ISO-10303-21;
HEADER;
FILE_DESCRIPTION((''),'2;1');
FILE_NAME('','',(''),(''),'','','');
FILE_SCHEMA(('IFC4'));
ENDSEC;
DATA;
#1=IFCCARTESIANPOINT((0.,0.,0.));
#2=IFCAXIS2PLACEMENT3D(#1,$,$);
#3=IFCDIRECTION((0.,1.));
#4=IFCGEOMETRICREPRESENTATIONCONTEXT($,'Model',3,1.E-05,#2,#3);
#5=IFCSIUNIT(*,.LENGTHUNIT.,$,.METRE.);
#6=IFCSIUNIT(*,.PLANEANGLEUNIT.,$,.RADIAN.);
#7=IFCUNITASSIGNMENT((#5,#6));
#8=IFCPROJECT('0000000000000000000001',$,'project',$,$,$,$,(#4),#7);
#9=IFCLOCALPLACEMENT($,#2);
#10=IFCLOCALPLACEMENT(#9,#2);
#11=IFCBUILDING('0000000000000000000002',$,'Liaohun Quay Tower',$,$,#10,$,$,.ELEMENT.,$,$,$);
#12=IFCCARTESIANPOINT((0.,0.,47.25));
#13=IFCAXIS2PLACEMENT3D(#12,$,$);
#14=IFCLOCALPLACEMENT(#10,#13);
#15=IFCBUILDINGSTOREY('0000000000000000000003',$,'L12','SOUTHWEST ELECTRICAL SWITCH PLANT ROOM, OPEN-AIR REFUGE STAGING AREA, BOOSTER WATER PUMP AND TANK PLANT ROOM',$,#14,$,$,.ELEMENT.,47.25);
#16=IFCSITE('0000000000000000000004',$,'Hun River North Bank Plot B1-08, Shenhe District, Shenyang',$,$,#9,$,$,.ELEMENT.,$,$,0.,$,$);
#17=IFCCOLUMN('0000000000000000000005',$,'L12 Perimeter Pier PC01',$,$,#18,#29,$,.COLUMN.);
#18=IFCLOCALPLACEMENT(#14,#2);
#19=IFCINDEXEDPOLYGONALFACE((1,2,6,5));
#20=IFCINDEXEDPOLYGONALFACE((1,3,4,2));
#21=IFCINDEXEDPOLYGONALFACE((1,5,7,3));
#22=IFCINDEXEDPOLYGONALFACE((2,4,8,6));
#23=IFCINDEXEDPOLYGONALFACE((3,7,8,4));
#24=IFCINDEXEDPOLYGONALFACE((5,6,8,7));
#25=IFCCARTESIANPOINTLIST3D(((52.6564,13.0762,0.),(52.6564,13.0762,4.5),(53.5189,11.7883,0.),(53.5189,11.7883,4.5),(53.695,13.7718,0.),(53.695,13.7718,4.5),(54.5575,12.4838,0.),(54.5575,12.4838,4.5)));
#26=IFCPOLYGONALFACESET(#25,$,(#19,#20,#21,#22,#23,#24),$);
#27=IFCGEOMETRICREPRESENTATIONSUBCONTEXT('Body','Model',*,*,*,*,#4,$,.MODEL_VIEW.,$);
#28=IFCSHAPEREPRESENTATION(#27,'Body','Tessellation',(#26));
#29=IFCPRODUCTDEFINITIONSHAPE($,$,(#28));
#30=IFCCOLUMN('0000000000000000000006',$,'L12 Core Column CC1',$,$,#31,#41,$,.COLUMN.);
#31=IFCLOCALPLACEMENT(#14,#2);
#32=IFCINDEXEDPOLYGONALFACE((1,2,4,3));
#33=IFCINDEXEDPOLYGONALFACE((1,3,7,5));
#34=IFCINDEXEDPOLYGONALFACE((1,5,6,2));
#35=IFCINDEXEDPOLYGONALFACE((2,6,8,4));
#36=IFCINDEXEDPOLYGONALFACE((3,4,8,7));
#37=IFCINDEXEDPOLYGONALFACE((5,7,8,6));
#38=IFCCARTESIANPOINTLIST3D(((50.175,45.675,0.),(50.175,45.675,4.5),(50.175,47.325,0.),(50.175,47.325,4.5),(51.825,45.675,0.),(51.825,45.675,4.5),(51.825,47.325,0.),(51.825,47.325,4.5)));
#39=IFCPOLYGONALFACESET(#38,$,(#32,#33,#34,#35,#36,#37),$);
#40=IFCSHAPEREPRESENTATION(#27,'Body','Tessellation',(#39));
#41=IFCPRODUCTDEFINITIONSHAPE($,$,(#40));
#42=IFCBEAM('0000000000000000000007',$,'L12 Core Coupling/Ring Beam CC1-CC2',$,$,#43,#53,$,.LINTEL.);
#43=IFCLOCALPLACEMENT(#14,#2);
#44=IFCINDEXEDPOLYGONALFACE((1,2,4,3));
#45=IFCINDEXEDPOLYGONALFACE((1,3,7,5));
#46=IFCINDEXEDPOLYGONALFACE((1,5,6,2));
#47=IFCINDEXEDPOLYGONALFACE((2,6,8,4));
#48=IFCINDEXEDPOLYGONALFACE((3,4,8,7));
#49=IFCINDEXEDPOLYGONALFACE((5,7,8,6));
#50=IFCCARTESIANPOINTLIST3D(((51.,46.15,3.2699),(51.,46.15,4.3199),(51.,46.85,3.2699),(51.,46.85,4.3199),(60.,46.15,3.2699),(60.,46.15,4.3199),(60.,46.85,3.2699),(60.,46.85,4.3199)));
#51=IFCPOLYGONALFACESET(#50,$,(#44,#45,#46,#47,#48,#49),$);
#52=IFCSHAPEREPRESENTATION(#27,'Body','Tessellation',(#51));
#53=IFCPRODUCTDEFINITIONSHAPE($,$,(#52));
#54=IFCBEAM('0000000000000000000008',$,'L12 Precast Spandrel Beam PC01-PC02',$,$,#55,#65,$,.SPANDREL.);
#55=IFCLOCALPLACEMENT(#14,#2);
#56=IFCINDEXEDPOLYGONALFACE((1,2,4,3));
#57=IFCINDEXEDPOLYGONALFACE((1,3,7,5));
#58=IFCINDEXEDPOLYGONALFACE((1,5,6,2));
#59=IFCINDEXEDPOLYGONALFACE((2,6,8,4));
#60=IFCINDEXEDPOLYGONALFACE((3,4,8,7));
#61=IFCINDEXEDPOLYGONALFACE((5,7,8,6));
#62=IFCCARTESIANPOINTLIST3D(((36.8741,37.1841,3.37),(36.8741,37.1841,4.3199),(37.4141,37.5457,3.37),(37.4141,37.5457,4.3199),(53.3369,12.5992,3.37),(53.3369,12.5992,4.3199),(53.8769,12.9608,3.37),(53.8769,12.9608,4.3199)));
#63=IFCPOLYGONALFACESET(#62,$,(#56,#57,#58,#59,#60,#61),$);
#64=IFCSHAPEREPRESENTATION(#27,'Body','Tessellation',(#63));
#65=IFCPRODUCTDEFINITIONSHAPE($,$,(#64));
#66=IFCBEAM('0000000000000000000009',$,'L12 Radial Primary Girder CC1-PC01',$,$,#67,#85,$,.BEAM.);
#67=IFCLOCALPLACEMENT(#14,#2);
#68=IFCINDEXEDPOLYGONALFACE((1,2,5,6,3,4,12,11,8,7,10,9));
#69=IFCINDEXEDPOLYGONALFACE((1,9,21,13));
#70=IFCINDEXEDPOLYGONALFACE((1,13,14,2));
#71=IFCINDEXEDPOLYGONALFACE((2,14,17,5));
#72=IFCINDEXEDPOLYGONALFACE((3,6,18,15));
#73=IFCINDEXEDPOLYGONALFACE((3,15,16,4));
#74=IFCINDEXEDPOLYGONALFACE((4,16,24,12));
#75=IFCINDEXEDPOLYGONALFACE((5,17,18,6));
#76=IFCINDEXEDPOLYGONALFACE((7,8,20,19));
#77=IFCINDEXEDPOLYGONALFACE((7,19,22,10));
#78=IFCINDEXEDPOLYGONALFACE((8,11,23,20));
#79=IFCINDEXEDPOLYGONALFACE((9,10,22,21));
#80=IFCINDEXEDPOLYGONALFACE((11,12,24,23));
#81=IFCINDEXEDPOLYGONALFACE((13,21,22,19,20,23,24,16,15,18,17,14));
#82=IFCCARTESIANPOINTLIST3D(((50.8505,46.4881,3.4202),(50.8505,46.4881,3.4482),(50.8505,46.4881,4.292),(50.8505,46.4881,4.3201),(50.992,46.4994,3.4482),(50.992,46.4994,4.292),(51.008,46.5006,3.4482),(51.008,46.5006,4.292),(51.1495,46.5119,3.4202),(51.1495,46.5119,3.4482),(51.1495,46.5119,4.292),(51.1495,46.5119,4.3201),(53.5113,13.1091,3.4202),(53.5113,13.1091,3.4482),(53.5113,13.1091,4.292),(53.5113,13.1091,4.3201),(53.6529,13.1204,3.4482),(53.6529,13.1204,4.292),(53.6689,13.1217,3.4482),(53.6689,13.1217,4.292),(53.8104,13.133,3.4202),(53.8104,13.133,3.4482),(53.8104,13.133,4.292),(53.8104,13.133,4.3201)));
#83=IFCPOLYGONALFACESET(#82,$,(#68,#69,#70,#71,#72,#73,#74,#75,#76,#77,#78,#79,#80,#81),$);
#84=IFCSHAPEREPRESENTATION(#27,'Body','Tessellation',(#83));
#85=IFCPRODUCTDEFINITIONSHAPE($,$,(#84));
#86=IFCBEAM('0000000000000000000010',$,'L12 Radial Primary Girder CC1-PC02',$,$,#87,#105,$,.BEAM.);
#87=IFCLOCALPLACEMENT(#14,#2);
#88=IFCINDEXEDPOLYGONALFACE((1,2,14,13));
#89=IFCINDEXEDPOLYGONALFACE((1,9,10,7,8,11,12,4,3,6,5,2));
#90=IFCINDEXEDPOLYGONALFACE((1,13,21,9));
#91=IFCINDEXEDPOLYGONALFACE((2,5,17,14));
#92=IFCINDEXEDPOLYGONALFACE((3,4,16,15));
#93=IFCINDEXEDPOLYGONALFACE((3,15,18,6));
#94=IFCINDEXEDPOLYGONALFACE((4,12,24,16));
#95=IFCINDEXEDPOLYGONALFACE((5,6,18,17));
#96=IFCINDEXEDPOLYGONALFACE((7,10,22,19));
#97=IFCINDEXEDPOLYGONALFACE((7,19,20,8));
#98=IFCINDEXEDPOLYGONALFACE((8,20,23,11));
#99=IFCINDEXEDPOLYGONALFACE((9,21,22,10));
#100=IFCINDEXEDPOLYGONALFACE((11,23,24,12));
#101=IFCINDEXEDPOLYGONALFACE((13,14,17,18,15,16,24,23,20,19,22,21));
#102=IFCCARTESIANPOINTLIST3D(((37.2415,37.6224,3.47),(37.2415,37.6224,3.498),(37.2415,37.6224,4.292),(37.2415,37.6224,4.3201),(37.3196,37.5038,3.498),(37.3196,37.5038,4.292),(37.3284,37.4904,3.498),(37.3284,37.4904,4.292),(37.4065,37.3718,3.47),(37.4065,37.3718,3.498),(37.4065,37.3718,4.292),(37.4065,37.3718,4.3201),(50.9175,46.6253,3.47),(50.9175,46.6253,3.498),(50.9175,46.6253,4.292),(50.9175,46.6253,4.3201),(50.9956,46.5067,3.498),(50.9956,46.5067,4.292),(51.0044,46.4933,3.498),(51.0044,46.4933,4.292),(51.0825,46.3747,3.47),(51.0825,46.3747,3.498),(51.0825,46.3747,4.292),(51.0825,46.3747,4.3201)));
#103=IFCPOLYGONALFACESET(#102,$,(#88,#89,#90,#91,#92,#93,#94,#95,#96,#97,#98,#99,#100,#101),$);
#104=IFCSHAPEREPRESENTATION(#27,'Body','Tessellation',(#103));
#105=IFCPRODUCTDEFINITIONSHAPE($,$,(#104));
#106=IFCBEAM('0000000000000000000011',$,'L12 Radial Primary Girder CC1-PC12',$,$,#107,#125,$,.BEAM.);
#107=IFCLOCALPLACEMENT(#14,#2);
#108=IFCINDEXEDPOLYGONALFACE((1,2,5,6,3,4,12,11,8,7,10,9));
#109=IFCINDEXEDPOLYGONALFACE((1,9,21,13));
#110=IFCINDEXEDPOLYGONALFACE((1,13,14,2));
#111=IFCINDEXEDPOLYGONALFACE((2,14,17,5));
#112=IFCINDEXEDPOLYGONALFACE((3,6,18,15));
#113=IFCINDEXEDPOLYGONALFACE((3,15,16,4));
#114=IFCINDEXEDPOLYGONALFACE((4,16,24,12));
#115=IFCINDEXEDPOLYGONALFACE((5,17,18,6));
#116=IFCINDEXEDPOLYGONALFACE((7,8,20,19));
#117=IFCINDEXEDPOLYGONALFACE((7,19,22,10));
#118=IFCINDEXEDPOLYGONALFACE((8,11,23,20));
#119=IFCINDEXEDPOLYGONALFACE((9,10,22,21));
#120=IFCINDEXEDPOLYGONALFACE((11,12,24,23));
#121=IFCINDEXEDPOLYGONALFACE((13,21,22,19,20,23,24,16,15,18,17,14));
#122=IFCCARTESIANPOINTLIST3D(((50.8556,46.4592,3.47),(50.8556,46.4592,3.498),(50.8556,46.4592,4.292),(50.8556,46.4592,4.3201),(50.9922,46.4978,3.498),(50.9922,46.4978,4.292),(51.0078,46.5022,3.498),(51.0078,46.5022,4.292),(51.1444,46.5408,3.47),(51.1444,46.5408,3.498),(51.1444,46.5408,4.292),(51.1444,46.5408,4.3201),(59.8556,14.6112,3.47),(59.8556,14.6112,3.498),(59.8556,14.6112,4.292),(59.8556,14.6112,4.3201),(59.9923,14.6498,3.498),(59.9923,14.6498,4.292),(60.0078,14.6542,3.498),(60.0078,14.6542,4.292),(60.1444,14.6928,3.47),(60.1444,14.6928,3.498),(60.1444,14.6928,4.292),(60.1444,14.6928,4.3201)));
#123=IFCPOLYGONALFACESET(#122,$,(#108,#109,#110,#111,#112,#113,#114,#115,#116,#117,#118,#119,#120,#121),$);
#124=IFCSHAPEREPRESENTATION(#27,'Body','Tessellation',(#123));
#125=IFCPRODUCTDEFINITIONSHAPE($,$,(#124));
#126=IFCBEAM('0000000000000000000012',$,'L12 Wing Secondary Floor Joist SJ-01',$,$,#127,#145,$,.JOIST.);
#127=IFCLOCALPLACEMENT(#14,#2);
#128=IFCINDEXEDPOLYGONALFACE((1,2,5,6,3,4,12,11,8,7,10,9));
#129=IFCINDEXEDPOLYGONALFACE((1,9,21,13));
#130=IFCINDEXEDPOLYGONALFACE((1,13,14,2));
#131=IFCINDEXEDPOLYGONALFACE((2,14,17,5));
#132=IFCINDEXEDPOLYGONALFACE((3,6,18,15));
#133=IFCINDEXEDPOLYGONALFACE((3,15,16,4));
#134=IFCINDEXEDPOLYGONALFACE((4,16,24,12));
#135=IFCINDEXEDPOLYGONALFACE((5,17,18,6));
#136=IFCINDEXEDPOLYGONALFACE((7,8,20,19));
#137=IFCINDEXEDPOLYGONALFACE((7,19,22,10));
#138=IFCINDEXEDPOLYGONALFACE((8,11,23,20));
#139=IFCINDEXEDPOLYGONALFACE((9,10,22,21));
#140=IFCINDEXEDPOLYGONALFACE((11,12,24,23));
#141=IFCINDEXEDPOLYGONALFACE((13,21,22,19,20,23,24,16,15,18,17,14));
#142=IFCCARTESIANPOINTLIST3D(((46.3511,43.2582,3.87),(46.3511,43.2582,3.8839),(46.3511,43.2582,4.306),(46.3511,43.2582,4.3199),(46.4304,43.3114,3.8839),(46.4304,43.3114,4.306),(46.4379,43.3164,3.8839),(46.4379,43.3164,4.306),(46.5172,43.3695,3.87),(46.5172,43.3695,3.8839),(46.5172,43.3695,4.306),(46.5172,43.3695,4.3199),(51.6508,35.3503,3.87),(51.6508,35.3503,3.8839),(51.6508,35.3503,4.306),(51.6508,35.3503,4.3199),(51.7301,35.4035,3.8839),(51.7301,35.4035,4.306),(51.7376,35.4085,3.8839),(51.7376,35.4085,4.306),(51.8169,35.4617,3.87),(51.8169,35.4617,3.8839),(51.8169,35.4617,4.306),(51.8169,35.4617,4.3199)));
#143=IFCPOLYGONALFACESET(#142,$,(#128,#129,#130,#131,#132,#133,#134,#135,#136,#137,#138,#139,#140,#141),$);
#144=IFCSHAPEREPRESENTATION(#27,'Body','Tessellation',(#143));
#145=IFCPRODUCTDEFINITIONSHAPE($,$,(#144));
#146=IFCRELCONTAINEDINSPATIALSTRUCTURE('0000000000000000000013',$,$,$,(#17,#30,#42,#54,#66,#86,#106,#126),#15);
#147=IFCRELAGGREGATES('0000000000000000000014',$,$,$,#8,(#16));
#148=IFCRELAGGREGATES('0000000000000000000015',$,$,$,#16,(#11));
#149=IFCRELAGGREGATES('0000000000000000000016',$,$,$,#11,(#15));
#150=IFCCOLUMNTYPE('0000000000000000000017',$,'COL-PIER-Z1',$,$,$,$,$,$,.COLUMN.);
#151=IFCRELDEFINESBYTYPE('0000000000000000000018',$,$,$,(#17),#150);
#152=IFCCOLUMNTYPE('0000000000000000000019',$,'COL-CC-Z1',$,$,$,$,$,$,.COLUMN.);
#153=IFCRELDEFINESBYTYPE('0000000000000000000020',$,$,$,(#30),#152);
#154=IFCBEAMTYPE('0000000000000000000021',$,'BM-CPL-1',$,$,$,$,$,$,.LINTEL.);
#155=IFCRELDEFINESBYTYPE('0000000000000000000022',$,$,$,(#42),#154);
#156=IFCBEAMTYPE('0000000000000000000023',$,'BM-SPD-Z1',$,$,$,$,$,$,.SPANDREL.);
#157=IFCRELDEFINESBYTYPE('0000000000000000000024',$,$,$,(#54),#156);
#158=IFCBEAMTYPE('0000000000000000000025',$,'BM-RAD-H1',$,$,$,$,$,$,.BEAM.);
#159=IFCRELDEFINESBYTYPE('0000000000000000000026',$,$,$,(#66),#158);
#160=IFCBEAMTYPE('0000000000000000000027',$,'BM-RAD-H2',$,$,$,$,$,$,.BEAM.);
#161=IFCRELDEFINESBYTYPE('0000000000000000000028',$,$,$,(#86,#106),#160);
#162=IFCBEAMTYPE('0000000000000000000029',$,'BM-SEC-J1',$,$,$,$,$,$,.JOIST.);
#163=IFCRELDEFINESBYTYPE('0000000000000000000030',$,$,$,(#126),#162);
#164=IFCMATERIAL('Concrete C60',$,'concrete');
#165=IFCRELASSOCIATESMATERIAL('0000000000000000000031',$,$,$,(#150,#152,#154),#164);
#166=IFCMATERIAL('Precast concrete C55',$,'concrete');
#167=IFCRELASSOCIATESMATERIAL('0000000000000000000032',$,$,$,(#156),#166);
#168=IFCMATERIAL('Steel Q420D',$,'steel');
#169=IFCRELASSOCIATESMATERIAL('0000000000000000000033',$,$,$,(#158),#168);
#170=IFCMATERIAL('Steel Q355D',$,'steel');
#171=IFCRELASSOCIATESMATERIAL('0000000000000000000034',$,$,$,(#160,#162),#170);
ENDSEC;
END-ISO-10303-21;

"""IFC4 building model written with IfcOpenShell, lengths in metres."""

from ifc_helpers import new_model, si_unit, direction, frame, origin, origin_2d, place, context, subcontext, project, spatial, rectangle, i_section, extrude, source, transform, mapped, material, material_profile, profile_set, type_object, element, save


model = new_model("IFC4")

# Units and contexts
model_context = context("Model", 3, precision=1e-05, world=origin(), true_north=direction((0.0, 1.0)))
body_context = subcontext(model_context, "Body", "Model", "MODEL_VIEW")
ifc_project = project(units=[si_unit("LENGTHUNIT", "METRE"), si_unit("PLANEANGLEUNIT", "RADIAN")], contexts=[model_context])

# Site, building, storey
site_placement = place(None, origin())
site = spatial("IfcSite", under=ifc_project, at=site_placement, Name="Hun River North Bank Plot B1-08, Shenhe District, Shenyang", CompositionType="ELEMENT", RefElevation=0.0)
building_placement = place(site_placement, origin())
building = spatial("IfcBuilding", under=site, at=building_placement, Name="Liaohun Quay Tower", CompositionType="ELEMENT")
storey_placement = place(building_placement, frame((0.0, 0.0, 47.25)))
storey = spatial("IfcBuildingStorey", under=building, at=storey_placement, Name="L12", Description="SOUTHWEST ELECTRICAL SWITCH PLANT ROOM, OPEN-AIR REFUGE STAGING AREA, BOOSTER WATER PUMP AND TANK PLANT ROOM", CompositionType="ELEMENT", Elevation=47.25)

# Columns
ifc_material_1 = material(Name="Concrete C60", Category="concrete")
ifc_material_profile_1 = material_profile(ifc_material_1, rectangle(XDim=1.55, YDim=1.25, at=origin_2d()), Name="RC1550x1250")
ifc_profile_set_1 = profile_set([ifc_material_profile_1], Name="Concrete C60")
column_type_1 = type_object("IfcColumnType", Name="COL-PIER-Z1", PredefinedType="COLUMN", material=ifc_profile_set_1)
shared_shape_1 = source(origin(), body_context, "Body", "SweptSolid", [
    extrude(rectangle(XDim=1.55, YDim=1.25, at=origin_2d()), origin(), (0.0, 0.0, 1.0), 4.5),
])
column_1_placement = place(storey_placement, frame((53.6069, 12.78, 0.0), z_axis=(0.0, 0.0, 1.0), x_axis=(-0.556441, 0.830887, 0.0)))
element("IfcColumn", 1, at=column_1_placement, inside=storey, type_object=column_type_1, Name="L12 Perimeter Pier PC01", PredefinedType="COLUMN", context=body_context, shape_type="MappedRepresentation", body=[
    mapped(shared_shape_1, transform((0.0, 0.0, 0.0), x_axis=(1.0, 0.0, 0.0), y_axis=(0.0, 1.0, 0.0), z_axis=(0.0, 0.0, 1.0), scale=1.0)),
])
ifc_material_profile_2 = material_profile(ifc_material_1, rectangle(XDim=1.6499, YDim=1.6499, at=origin_2d()), Name="RC1650x1650")
ifc_profile_set_2 = profile_set([ifc_material_profile_2], Name="Concrete C60")
column_type_2 = type_object("IfcColumnType", Name="COL-CC-Z1", PredefinedType="COLUMN", material=ifc_profile_set_2)
shared_shape_2 = source(origin(), body_context, "Body", "SweptSolid", [
    extrude(rectangle(XDim=1.6499, YDim=1.6499, at=origin_2d()), origin(), (0.0, 0.0, 1.0), 4.5),
])
column_2_placement = place(storey_placement, frame((51.0, 46.5, 0.0), z_axis=(0.0, 0.0, 1.0), x_axis=(1.0, 0.0, 0.0)))
element("IfcColumn", 2, at=column_2_placement, inside=storey, type_object=column_type_2, Name="L12 Core Column CC1", PredefinedType="COLUMN", context=body_context, shape_type="MappedRepresentation", body=[
    mapped(shared_shape_2, transform((0.0, 0.0, 0.0), x_axis=(1.0, 0.0, 0.0), y_axis=(0.0, 1.0, 0.0), z_axis=(0.0, 0.0, 1.0), scale=1.0)),
])

# Beams
ifc_material_profile_3 = material_profile(ifc_material_1, rectangle(XDim=0.7, YDim=1.05, at=origin_2d()), Name="RC700x1050")
ifc_profile_set_3 = profile_set([ifc_material_profile_3], Name="Concrete C60")
beam_type_1 = type_object("IfcBeamType", Name="BM-CPL-1", PredefinedType="LINTEL", material=ifc_profile_set_3)
shared_shape_3 = source(origin(), body_context, "Body", "SweptSolid", [
    extrude(rectangle(XDim=0.7, YDim=1.05, at=origin_2d()), origin(), (0.0, 0.0, 1.0), 9.0),
])
beam_1_placement = place(storey_placement, frame((51.0, 46.5, 3.7949), z_axis=(1.0, 0.0, 0.0), x_axis=(0.0, 1.0, 0.0)))
element("IfcBeam", 3, at=beam_1_placement, inside=storey, type_object=beam_type_1, Name="L12 Core Coupling/Ring Beam CC1-CC2", PredefinedType="LINTEL", context=body_context, shape_type="MappedRepresentation", body=[
    mapped(shared_shape_3, transform((0.0, 0.0, 0.0), x_axis=(1.0, 0.0, 0.0), y_axis=(0.0, 1.0, 0.0), z_axis=(0.0, 0.0, 1.0), scale=1.0)),
])
ifc_material_2 = material(Name="Precast concrete C55", Category="concrete")
ifc_material_profile_4 = material_profile(ifc_material_2, rectangle(XDim=0.6499, YDim=0.95, at=origin_2d()), Name="RC650x950")
ifc_profile_set_4 = profile_set([ifc_material_profile_4], Name="Precast concrete C55")
beam_type_2 = type_object("IfcBeamType", Name="BM-SPD-Z1", PredefinedType="SPANDREL", material=ifc_profile_set_4)
shared_shape_4 = source(origin(), body_context, "Body", "SweptSolid", [
    extrude(rectangle(XDim=0.6499, YDim=0.95, at=origin_2d()), origin(), (0.0, 0.0, 1.0), 29.5879),
])
beam_2_placement = place(storey_placement, frame((53.6069, 12.78, 3.845), z_axis=(-0.556405, 0.830911, 0.0), x_axis=(-0.830911, -0.556405, 0.0)))
element("IfcBeam", 4, at=beam_2_placement, inside=storey, type_object=beam_type_2, Name="L12 Precast Spandrel Beam PC01-PC02", PredefinedType="SPANDREL", context=body_context, shape_type="MappedRepresentation", body=[
    mapped(shared_shape_4, transform((0.0, 0.0, 0.0), x_axis=(1.0, 0.0, 0.0), y_axis=(0.0, 1.0, 0.0), z_axis=(0.0, 0.0, 1.0), scale=1.0)),
])
ifc_material_3 = material(Name="Steel Q420D", Category="steel")
ifc_material_profile_5 = material_profile(ifc_material_3, i_section(OverallWidth=0.3, OverallDepth=0.8999, WebThickness=0.0161, FlangeThickness=0.0281, at=origin_2d()), Name="HN900x300x16x28")
ifc_profile_set_5 = profile_set([ifc_material_profile_5], Name="Steel Q420D")
beam_type_3 = type_object("IfcBeamType", Name="BM-RAD-H1", PredefinedType="BEAM", material=ifc_profile_set_5)
shared_shape_5 = source(origin(), body_context, "Body", "SweptSolid", [
    extrude(i_section(OverallWidth=0.3, OverallDepth=0.8999, WebThickness=0.0161, FlangeThickness=0.0281, at=origin_2d()), origin(), (0.0, 0.0, 1.0), 33.4849),
])
beam_3_placement = place(storey_placement, frame((51.0, 46.5, 3.8701), z_axis=(0.079466, -0.996838, 0.0), x_axis=(0.996838, 0.079466, 0.0)))
element("IfcBeam", 5, at=beam_3_placement, inside=storey, type_object=beam_type_3, Name="L12 Radial Primary Girder CC1-PC01", PredefinedType="BEAM", context=body_context, shape_type="MappedRepresentation", body=[
    mapped(shared_shape_5, transform((0.0, 0.0, 0.0), x_axis=(1.0, 0.0, 0.0), y_axis=(0.0, 1.0, 0.0), z_axis=(0.0, 0.0, 1.0), scale=1.0)),
])
ifc_material_4 = material(Name="Steel Q355D", Category="steel")
ifc_material_profile_6 = material_profile(ifc_material_4, i_section(OverallWidth=0.3, OverallDepth=0.8501, WebThickness=0.0161, FlangeThickness=0.0281, at=origin_2d()), Name="HN850x300x16x28")
ifc_profile_set_6 = profile_set([ifc_material_profile_6], Name="Steel Q355D")
beam_type_4 = type_object("IfcBeamType", Name="BM-RAD-H2", PredefinedType="BEAM", material=ifc_profile_set_6)
shared_shape_6 = source(origin(), body_context, "Body", "SweptSolid", [
    extrude(i_section(OverallWidth=0.3, OverallDepth=0.8501, WebThickness=0.0161, FlangeThickness=0.0281, at=origin_2d()), origin(), (0.0, 0.0, 1.0), 16.3733),
])
beam_4_placement = place(storey_placement, frame((51.0, 46.5, 3.895), z_axis=(-0.835262, -0.549853, 0.0), x_axis=(0.549853, -0.835262, 0.0)))
element("IfcBeam", 6, at=beam_4_placement, inside=storey, type_object=beam_type_4, Name="L12 Radial Primary Girder CC1-PC02", PredefinedType="BEAM", context=body_context, shape_type="MappedRepresentation", body=[
    mapped(shared_shape_6, transform((0.0, 0.0, 0.0), x_axis=(1.0, 0.0, 0.0), y_axis=(0.0, 1.0, 0.0), z_axis=(0.0, 0.0, 1.0), scale=1.0)),
])
shared_shape_7 = source(origin(), body_context, "Body", "SweptSolid", [
    extrude(i_section(OverallWidth=0.3, OverallDepth=0.8501, WebThickness=0.0161, FlangeThickness=0.0281, at=origin_2d()), origin(), (0.0, 0.0, 1.0), 33.0952),
])
beam_5_placement = place(storey_placement, frame((51.0, 46.5, 3.895), z_axis=(0.271943, -0.962313, 0.0), x_axis=(0.962313, 0.271943, 0.0)))
element("IfcBeam", 7, at=beam_5_placement, inside=storey, type_object=beam_type_4, Name="L12 Radial Primary Girder CC1-PC12", PredefinedType="BEAM", context=body_context, shape_type="MappedRepresentation", body=[
    mapped(shared_shape_7, transform((0.0, 0.0, 0.0), x_axis=(1.0, 0.0, 0.0), y_axis=(0.0, 1.0, 0.0), z_axis=(0.0, 0.0, 1.0), scale=1.0)),
])
ifc_material_profile_7 = material_profile(ifc_material_4, i_section(OverallWidth=0.2, OverallDepth=0.45, WebThickness=0.009, FlangeThickness=0.0139, at=origin_2d()), Name="HN450x200x9x14")
ifc_profile_set_7 = profile_set([ifc_material_profile_7], Name="Steel Q355D")
beam_type_5 = type_object("IfcBeamType", Name="BM-SEC-J1", PredefinedType="JOIST", material=ifc_profile_set_7)
shared_shape_8 = source(origin(), body_context, "Body", "SweptSolid", [
    extrude(i_section(OverallWidth=0.2, OverallDepth=0.45, WebThickness=0.009, FlangeThickness=0.0139, at=origin_2d()), origin(), (0.0, 0.0, 1.0), 9.5195),
])
beam_6_placement = place(storey_placement, frame((51.7339, 35.406, 4.095), z_axis=(-0.556723, 0.830698, 0.0), x_axis=(-0.830698, -0.556723, 0.0)))
element("IfcBeam", 8, at=beam_6_placement, inside=storey, type_object=beam_type_5, Name="L12 Wing Secondary Floor Joist SJ-01", PredefinedType="JOIST", context=body_context, shape_type="MappedRepresentation", body=[
    mapped(shared_shape_8, transform((0.0, 0.0, 0.0), x_axis=(1.0, 0.0, 0.0), y_axis=(0.0, 1.0, 0.0), z_axis=(0.0, 0.0, 1.0), scale=1.0)),
])

save(model, "model.ifc")
